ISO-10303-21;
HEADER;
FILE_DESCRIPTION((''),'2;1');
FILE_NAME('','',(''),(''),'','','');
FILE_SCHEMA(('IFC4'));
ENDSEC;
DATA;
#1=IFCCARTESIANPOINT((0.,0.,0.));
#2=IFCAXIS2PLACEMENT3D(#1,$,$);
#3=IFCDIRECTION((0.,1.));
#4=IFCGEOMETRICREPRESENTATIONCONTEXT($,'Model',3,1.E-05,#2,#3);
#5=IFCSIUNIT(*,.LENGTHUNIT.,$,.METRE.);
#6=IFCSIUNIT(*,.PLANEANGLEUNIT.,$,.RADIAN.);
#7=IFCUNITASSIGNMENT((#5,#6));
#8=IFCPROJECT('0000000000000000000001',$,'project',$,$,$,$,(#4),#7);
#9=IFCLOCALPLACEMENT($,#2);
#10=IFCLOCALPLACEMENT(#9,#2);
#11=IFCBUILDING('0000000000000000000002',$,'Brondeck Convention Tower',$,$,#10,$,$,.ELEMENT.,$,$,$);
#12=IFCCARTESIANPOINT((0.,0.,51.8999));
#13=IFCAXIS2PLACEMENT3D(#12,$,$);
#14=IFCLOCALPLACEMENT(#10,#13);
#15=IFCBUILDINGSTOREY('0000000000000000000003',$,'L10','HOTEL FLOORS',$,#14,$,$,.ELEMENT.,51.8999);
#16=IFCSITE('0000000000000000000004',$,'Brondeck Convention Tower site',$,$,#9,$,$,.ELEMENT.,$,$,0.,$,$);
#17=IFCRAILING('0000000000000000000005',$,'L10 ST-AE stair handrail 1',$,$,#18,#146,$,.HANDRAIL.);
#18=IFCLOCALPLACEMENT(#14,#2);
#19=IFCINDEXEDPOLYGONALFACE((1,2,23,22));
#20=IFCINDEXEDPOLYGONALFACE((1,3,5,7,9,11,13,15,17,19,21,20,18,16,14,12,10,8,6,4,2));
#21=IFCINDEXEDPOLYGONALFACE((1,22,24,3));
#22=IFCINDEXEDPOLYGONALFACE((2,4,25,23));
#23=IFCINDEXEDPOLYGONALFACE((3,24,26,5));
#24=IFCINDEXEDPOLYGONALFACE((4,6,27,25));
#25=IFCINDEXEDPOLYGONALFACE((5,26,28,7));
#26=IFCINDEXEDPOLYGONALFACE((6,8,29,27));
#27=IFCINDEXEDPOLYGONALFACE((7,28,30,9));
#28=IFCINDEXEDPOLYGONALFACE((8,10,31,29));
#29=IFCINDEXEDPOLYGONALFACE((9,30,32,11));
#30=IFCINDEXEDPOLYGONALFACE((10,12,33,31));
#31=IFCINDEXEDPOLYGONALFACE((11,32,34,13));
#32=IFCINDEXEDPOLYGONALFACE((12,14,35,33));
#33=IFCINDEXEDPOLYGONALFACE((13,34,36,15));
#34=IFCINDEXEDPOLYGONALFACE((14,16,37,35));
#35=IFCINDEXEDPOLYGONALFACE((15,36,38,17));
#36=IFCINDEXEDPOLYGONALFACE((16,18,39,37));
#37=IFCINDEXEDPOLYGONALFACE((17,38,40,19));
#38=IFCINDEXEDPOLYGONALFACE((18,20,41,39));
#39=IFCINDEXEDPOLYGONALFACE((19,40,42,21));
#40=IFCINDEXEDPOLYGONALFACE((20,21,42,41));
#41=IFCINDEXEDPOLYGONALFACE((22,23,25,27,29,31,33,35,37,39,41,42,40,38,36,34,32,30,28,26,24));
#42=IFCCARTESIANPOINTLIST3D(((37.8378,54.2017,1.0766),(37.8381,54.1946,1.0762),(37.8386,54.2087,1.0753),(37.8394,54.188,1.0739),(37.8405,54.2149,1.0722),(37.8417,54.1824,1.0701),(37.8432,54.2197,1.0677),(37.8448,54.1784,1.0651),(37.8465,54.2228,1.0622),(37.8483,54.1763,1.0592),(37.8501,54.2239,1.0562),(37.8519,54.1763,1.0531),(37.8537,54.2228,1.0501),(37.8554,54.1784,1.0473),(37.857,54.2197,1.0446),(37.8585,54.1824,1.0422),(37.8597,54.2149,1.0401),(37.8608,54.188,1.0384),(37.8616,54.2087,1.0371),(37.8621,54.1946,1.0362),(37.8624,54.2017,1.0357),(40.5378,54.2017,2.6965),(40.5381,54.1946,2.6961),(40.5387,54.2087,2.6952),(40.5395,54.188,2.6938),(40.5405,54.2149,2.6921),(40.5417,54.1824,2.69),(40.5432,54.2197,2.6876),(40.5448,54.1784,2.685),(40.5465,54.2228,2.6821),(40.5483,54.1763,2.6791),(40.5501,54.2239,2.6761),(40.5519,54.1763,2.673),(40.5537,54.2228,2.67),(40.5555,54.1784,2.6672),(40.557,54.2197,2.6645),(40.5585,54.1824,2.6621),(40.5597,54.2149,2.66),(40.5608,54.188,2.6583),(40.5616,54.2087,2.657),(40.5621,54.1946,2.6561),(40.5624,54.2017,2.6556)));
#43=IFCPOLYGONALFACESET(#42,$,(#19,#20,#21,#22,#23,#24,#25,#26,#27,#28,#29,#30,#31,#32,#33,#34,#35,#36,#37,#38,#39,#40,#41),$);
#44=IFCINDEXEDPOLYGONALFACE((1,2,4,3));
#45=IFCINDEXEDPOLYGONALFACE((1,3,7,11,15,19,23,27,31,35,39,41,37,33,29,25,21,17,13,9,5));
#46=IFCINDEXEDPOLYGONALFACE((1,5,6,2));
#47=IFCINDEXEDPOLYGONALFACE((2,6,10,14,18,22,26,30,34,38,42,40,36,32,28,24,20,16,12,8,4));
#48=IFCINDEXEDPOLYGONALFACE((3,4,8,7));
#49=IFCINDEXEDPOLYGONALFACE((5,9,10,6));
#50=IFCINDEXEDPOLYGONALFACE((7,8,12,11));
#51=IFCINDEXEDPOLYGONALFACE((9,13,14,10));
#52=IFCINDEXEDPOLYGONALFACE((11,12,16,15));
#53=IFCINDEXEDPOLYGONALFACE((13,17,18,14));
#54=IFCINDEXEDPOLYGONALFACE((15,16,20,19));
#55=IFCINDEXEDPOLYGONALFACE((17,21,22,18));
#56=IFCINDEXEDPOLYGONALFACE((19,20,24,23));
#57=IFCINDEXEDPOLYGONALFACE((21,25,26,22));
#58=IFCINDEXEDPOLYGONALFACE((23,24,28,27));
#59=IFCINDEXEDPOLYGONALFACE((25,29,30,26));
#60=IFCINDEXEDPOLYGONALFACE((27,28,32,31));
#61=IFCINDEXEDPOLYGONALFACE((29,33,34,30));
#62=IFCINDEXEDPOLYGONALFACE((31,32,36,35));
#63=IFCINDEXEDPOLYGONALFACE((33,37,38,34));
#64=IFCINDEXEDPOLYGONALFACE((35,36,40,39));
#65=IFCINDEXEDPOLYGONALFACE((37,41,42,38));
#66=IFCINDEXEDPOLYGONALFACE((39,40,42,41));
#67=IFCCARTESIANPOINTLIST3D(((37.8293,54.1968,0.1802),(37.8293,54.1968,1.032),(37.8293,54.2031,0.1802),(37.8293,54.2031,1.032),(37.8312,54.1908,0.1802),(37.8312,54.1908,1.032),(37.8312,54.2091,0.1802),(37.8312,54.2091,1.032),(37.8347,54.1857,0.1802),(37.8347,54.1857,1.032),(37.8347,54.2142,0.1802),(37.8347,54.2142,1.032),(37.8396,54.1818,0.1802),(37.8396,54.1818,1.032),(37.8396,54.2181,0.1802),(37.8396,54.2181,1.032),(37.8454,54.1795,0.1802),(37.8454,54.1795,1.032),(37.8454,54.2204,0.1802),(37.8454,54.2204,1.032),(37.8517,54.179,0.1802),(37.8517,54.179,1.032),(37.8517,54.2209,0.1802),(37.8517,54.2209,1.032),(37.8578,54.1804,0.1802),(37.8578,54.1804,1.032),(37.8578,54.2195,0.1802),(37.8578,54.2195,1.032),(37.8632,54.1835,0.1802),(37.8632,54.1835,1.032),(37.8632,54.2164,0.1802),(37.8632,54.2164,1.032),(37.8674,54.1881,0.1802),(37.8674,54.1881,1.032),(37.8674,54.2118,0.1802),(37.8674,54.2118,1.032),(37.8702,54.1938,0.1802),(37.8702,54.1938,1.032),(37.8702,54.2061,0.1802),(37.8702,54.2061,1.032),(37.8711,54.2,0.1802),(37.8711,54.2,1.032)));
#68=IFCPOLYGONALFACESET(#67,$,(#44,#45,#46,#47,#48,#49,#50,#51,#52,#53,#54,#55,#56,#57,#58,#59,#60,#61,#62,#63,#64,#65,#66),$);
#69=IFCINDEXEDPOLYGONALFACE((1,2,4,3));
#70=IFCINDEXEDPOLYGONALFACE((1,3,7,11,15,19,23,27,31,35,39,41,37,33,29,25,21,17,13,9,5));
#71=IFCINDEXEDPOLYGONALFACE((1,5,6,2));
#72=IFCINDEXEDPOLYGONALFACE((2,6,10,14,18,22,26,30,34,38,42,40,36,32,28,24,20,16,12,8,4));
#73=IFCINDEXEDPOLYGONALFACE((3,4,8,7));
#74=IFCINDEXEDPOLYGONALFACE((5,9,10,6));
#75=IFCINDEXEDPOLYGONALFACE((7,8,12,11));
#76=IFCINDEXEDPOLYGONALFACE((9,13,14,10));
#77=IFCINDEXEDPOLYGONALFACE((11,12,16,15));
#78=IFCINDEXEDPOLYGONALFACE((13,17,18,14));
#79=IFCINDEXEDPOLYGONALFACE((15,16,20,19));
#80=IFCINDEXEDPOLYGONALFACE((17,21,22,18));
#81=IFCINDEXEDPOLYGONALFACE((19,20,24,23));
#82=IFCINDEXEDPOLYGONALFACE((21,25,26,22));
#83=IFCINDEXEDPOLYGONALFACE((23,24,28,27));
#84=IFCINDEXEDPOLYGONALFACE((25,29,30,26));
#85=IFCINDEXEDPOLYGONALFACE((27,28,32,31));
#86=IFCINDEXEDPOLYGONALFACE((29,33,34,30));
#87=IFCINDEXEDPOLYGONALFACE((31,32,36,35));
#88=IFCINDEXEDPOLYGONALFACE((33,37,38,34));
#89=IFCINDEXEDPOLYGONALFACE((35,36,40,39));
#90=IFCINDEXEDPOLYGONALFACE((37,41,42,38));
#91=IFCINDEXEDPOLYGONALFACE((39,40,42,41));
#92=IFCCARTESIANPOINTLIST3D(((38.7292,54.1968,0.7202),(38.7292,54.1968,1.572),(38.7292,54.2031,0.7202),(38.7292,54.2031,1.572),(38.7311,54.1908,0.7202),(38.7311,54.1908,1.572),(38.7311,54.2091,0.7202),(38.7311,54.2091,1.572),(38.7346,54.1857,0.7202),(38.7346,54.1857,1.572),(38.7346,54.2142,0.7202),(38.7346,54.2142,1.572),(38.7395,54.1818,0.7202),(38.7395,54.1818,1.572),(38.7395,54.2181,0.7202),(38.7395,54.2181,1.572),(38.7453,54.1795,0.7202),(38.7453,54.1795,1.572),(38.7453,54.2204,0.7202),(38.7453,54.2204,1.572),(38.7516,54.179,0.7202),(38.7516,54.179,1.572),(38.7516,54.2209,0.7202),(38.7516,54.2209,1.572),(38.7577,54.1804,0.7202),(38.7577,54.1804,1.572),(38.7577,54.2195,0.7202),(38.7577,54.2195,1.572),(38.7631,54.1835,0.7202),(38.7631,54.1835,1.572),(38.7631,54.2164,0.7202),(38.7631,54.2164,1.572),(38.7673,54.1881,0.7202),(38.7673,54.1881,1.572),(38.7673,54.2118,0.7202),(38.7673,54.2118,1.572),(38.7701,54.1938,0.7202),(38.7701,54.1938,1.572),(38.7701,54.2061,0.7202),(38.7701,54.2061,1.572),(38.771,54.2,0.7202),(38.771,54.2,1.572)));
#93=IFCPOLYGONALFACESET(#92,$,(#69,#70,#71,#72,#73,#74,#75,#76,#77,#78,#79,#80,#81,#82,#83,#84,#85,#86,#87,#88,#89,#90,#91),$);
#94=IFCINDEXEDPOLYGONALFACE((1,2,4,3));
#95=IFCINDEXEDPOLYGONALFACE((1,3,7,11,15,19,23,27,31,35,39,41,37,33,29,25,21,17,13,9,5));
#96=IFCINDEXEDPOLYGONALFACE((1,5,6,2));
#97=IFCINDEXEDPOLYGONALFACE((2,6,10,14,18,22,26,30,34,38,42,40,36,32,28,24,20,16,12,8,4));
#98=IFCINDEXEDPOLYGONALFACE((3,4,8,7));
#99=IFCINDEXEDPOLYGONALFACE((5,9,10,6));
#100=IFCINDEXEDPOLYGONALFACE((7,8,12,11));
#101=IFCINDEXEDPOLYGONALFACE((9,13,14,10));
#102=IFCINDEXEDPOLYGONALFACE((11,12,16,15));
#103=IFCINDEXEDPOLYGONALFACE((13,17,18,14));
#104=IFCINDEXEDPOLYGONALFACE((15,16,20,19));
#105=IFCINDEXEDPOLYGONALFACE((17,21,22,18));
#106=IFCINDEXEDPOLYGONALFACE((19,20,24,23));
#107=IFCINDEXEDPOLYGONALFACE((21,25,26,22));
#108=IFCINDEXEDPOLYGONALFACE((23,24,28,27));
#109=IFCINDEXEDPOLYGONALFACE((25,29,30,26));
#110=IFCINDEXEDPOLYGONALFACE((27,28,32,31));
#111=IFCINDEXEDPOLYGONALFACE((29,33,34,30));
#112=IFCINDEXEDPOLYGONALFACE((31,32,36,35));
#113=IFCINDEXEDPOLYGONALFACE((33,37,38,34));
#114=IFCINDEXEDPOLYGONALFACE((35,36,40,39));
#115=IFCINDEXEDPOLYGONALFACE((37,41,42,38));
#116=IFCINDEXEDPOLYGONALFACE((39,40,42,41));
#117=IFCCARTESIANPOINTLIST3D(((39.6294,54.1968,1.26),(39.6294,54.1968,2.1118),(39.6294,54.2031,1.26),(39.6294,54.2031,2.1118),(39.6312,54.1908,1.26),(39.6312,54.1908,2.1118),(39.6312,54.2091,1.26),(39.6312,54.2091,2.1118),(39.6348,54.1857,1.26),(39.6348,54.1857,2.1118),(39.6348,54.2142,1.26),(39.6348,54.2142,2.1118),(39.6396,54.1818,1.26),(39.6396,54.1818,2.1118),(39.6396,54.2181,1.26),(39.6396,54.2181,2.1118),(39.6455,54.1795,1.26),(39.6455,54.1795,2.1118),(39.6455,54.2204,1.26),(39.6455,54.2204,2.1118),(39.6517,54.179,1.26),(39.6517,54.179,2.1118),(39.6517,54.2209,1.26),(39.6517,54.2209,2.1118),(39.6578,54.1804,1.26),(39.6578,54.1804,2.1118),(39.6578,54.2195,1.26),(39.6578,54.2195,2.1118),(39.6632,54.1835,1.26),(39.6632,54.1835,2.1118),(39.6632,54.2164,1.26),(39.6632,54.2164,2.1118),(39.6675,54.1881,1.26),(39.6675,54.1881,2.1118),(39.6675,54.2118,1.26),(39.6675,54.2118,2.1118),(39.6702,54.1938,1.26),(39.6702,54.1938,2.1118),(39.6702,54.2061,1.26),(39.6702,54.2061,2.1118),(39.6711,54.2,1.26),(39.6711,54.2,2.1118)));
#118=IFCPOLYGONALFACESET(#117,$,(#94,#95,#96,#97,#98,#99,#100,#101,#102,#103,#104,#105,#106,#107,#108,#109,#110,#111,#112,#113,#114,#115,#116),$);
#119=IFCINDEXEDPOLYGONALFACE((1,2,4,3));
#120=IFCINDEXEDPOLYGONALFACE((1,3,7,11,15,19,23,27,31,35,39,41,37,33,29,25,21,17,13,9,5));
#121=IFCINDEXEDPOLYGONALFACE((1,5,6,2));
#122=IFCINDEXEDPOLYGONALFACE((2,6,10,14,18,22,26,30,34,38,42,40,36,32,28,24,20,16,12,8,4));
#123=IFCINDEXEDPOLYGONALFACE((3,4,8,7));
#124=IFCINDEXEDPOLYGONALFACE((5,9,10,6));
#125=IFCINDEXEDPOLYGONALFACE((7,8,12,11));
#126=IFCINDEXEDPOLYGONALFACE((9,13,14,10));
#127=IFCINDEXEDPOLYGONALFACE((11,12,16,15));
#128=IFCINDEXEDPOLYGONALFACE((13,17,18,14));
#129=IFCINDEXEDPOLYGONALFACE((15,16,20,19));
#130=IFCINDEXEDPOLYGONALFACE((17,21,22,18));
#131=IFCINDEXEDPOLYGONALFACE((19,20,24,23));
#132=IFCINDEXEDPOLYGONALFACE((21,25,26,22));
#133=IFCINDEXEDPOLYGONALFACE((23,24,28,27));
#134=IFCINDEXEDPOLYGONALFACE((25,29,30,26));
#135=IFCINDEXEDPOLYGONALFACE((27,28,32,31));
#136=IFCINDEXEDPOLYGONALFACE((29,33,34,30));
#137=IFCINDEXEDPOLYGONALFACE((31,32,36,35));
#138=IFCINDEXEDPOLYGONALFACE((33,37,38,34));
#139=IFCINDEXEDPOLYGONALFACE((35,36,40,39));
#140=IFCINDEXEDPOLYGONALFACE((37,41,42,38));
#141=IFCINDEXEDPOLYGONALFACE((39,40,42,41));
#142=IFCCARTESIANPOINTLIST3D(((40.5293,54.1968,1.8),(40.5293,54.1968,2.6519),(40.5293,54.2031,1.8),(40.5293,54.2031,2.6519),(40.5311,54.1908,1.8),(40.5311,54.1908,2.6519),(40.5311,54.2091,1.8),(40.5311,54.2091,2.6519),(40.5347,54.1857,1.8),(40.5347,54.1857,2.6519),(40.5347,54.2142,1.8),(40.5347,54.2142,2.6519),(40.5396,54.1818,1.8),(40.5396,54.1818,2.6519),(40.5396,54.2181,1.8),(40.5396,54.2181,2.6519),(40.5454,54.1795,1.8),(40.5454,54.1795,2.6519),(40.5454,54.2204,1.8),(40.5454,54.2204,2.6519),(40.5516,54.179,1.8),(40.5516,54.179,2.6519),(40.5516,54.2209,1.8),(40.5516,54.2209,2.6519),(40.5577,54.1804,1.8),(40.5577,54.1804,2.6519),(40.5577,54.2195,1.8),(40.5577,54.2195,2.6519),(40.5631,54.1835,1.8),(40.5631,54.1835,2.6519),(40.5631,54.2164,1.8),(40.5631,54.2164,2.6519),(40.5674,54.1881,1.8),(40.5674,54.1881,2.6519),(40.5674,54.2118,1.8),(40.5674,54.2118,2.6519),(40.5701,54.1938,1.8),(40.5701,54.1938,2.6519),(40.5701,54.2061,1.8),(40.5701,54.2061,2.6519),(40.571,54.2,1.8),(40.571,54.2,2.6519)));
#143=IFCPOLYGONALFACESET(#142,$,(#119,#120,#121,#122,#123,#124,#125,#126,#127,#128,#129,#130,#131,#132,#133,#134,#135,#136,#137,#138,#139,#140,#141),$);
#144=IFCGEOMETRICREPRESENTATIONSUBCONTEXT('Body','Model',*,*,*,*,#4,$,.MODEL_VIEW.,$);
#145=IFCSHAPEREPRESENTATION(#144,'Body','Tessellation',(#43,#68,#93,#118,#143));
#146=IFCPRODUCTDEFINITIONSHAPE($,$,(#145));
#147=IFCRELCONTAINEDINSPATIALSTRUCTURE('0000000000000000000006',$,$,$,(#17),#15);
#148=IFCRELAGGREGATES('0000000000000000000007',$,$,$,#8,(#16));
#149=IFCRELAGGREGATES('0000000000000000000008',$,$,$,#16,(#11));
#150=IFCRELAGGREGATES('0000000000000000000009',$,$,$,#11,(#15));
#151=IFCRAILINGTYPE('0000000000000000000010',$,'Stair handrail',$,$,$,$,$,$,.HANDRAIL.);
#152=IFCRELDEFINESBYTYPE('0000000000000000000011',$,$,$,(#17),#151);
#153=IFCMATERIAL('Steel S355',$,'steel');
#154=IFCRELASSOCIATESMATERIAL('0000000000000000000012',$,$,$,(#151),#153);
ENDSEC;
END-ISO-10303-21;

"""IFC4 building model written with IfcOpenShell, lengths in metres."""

from ifc_helpers import new_model, si_unit, direction, frame, origin, origin_2d, place, context, subcontext, project, spatial, circle, extrude, material, type_object, element, save


model = new_model("IFC4")

# Units and contexts
model_context = context("Model", 3, precision=1e-05, world=origin(), true_north=direction((0.0, 1.0)))
body_context = subcontext(model_context, "Body", "Model", "MODEL_VIEW")
ifc_project = project(units=[si_unit("LENGTHUNIT", "METRE"), si_unit("PLANEANGLEUNIT", "RADIAN")], contexts=[model_context])

# Site, building, storey
site_placement = place(None, origin())
site = spatial("IfcSite", under=ifc_project, at=site_placement, Name="Brondeck Convention Tower site", CompositionType="ELEMENT", RefElevation=0.0)
building_placement = place(site_placement, origin())
building = spatial("IfcBuilding", under=site, at=building_placement, Name="Brondeck Convention Tower", CompositionType="ELEMENT")
storey_placement = place(building_placement, frame((0.0, 0.0, 51.8999)))
storey = spatial("IfcBuildingStorey", under=building, at=storey_placement, Name="L10", Description="HOTEL FLOORS", CompositionType="ELEMENT", Elevation=51.8999)

# Railing
ifc_material_1 = material(Name="Steel S355", Category="steel")
railing_type_1 = type_object("IfcRailingType", Name="Stair handrail", PredefinedType="HANDRAIL", material=ifc_material_1)
railing_1_placement = place(storey_placement, frame((37.8501, 54.2, 0.1802)))
element("IfcRailing", 1, at=railing_1_placement, inside=storey, type_object=railing_type_1, Name="L10 ST-AE stair handrail 1", PredefinedType="HANDRAIL", context=body_context, shape_type="SweptSolid", body=[
    extrude(circle(Radius=0.0239, at=origin_2d()), frame((0.0, 0.0, 0.876), z_axis=(0.857507, 0.0, 0.514473), x_axis=(0.0, 1.0, 0.0)), (0.0, 0.0, 1.0), 3.1487),
    extrude(circle(Radius=0.021, at=origin_2d()), origin(), (0.0, 0.0, 1.0), 0.8518),
    extrude(circle(Radius=0.021, at=origin_2d()), frame((0.8999, 0.0, 0.54)), (0.0, 0.0, 1.0), 0.8518),
    extrude(circle(Radius=0.021, at=origin_2d()), frame((1.8, 0.0, 1.0798)), (0.0, 0.0, 1.0), 0.8518),
    extrude(circle(Radius=0.021, at=origin_2d()), frame((2.7, 0.0, 1.6199)), (0.0, 0.0, 1.0), 0.8518),
])

save(model, "model.ifc")
